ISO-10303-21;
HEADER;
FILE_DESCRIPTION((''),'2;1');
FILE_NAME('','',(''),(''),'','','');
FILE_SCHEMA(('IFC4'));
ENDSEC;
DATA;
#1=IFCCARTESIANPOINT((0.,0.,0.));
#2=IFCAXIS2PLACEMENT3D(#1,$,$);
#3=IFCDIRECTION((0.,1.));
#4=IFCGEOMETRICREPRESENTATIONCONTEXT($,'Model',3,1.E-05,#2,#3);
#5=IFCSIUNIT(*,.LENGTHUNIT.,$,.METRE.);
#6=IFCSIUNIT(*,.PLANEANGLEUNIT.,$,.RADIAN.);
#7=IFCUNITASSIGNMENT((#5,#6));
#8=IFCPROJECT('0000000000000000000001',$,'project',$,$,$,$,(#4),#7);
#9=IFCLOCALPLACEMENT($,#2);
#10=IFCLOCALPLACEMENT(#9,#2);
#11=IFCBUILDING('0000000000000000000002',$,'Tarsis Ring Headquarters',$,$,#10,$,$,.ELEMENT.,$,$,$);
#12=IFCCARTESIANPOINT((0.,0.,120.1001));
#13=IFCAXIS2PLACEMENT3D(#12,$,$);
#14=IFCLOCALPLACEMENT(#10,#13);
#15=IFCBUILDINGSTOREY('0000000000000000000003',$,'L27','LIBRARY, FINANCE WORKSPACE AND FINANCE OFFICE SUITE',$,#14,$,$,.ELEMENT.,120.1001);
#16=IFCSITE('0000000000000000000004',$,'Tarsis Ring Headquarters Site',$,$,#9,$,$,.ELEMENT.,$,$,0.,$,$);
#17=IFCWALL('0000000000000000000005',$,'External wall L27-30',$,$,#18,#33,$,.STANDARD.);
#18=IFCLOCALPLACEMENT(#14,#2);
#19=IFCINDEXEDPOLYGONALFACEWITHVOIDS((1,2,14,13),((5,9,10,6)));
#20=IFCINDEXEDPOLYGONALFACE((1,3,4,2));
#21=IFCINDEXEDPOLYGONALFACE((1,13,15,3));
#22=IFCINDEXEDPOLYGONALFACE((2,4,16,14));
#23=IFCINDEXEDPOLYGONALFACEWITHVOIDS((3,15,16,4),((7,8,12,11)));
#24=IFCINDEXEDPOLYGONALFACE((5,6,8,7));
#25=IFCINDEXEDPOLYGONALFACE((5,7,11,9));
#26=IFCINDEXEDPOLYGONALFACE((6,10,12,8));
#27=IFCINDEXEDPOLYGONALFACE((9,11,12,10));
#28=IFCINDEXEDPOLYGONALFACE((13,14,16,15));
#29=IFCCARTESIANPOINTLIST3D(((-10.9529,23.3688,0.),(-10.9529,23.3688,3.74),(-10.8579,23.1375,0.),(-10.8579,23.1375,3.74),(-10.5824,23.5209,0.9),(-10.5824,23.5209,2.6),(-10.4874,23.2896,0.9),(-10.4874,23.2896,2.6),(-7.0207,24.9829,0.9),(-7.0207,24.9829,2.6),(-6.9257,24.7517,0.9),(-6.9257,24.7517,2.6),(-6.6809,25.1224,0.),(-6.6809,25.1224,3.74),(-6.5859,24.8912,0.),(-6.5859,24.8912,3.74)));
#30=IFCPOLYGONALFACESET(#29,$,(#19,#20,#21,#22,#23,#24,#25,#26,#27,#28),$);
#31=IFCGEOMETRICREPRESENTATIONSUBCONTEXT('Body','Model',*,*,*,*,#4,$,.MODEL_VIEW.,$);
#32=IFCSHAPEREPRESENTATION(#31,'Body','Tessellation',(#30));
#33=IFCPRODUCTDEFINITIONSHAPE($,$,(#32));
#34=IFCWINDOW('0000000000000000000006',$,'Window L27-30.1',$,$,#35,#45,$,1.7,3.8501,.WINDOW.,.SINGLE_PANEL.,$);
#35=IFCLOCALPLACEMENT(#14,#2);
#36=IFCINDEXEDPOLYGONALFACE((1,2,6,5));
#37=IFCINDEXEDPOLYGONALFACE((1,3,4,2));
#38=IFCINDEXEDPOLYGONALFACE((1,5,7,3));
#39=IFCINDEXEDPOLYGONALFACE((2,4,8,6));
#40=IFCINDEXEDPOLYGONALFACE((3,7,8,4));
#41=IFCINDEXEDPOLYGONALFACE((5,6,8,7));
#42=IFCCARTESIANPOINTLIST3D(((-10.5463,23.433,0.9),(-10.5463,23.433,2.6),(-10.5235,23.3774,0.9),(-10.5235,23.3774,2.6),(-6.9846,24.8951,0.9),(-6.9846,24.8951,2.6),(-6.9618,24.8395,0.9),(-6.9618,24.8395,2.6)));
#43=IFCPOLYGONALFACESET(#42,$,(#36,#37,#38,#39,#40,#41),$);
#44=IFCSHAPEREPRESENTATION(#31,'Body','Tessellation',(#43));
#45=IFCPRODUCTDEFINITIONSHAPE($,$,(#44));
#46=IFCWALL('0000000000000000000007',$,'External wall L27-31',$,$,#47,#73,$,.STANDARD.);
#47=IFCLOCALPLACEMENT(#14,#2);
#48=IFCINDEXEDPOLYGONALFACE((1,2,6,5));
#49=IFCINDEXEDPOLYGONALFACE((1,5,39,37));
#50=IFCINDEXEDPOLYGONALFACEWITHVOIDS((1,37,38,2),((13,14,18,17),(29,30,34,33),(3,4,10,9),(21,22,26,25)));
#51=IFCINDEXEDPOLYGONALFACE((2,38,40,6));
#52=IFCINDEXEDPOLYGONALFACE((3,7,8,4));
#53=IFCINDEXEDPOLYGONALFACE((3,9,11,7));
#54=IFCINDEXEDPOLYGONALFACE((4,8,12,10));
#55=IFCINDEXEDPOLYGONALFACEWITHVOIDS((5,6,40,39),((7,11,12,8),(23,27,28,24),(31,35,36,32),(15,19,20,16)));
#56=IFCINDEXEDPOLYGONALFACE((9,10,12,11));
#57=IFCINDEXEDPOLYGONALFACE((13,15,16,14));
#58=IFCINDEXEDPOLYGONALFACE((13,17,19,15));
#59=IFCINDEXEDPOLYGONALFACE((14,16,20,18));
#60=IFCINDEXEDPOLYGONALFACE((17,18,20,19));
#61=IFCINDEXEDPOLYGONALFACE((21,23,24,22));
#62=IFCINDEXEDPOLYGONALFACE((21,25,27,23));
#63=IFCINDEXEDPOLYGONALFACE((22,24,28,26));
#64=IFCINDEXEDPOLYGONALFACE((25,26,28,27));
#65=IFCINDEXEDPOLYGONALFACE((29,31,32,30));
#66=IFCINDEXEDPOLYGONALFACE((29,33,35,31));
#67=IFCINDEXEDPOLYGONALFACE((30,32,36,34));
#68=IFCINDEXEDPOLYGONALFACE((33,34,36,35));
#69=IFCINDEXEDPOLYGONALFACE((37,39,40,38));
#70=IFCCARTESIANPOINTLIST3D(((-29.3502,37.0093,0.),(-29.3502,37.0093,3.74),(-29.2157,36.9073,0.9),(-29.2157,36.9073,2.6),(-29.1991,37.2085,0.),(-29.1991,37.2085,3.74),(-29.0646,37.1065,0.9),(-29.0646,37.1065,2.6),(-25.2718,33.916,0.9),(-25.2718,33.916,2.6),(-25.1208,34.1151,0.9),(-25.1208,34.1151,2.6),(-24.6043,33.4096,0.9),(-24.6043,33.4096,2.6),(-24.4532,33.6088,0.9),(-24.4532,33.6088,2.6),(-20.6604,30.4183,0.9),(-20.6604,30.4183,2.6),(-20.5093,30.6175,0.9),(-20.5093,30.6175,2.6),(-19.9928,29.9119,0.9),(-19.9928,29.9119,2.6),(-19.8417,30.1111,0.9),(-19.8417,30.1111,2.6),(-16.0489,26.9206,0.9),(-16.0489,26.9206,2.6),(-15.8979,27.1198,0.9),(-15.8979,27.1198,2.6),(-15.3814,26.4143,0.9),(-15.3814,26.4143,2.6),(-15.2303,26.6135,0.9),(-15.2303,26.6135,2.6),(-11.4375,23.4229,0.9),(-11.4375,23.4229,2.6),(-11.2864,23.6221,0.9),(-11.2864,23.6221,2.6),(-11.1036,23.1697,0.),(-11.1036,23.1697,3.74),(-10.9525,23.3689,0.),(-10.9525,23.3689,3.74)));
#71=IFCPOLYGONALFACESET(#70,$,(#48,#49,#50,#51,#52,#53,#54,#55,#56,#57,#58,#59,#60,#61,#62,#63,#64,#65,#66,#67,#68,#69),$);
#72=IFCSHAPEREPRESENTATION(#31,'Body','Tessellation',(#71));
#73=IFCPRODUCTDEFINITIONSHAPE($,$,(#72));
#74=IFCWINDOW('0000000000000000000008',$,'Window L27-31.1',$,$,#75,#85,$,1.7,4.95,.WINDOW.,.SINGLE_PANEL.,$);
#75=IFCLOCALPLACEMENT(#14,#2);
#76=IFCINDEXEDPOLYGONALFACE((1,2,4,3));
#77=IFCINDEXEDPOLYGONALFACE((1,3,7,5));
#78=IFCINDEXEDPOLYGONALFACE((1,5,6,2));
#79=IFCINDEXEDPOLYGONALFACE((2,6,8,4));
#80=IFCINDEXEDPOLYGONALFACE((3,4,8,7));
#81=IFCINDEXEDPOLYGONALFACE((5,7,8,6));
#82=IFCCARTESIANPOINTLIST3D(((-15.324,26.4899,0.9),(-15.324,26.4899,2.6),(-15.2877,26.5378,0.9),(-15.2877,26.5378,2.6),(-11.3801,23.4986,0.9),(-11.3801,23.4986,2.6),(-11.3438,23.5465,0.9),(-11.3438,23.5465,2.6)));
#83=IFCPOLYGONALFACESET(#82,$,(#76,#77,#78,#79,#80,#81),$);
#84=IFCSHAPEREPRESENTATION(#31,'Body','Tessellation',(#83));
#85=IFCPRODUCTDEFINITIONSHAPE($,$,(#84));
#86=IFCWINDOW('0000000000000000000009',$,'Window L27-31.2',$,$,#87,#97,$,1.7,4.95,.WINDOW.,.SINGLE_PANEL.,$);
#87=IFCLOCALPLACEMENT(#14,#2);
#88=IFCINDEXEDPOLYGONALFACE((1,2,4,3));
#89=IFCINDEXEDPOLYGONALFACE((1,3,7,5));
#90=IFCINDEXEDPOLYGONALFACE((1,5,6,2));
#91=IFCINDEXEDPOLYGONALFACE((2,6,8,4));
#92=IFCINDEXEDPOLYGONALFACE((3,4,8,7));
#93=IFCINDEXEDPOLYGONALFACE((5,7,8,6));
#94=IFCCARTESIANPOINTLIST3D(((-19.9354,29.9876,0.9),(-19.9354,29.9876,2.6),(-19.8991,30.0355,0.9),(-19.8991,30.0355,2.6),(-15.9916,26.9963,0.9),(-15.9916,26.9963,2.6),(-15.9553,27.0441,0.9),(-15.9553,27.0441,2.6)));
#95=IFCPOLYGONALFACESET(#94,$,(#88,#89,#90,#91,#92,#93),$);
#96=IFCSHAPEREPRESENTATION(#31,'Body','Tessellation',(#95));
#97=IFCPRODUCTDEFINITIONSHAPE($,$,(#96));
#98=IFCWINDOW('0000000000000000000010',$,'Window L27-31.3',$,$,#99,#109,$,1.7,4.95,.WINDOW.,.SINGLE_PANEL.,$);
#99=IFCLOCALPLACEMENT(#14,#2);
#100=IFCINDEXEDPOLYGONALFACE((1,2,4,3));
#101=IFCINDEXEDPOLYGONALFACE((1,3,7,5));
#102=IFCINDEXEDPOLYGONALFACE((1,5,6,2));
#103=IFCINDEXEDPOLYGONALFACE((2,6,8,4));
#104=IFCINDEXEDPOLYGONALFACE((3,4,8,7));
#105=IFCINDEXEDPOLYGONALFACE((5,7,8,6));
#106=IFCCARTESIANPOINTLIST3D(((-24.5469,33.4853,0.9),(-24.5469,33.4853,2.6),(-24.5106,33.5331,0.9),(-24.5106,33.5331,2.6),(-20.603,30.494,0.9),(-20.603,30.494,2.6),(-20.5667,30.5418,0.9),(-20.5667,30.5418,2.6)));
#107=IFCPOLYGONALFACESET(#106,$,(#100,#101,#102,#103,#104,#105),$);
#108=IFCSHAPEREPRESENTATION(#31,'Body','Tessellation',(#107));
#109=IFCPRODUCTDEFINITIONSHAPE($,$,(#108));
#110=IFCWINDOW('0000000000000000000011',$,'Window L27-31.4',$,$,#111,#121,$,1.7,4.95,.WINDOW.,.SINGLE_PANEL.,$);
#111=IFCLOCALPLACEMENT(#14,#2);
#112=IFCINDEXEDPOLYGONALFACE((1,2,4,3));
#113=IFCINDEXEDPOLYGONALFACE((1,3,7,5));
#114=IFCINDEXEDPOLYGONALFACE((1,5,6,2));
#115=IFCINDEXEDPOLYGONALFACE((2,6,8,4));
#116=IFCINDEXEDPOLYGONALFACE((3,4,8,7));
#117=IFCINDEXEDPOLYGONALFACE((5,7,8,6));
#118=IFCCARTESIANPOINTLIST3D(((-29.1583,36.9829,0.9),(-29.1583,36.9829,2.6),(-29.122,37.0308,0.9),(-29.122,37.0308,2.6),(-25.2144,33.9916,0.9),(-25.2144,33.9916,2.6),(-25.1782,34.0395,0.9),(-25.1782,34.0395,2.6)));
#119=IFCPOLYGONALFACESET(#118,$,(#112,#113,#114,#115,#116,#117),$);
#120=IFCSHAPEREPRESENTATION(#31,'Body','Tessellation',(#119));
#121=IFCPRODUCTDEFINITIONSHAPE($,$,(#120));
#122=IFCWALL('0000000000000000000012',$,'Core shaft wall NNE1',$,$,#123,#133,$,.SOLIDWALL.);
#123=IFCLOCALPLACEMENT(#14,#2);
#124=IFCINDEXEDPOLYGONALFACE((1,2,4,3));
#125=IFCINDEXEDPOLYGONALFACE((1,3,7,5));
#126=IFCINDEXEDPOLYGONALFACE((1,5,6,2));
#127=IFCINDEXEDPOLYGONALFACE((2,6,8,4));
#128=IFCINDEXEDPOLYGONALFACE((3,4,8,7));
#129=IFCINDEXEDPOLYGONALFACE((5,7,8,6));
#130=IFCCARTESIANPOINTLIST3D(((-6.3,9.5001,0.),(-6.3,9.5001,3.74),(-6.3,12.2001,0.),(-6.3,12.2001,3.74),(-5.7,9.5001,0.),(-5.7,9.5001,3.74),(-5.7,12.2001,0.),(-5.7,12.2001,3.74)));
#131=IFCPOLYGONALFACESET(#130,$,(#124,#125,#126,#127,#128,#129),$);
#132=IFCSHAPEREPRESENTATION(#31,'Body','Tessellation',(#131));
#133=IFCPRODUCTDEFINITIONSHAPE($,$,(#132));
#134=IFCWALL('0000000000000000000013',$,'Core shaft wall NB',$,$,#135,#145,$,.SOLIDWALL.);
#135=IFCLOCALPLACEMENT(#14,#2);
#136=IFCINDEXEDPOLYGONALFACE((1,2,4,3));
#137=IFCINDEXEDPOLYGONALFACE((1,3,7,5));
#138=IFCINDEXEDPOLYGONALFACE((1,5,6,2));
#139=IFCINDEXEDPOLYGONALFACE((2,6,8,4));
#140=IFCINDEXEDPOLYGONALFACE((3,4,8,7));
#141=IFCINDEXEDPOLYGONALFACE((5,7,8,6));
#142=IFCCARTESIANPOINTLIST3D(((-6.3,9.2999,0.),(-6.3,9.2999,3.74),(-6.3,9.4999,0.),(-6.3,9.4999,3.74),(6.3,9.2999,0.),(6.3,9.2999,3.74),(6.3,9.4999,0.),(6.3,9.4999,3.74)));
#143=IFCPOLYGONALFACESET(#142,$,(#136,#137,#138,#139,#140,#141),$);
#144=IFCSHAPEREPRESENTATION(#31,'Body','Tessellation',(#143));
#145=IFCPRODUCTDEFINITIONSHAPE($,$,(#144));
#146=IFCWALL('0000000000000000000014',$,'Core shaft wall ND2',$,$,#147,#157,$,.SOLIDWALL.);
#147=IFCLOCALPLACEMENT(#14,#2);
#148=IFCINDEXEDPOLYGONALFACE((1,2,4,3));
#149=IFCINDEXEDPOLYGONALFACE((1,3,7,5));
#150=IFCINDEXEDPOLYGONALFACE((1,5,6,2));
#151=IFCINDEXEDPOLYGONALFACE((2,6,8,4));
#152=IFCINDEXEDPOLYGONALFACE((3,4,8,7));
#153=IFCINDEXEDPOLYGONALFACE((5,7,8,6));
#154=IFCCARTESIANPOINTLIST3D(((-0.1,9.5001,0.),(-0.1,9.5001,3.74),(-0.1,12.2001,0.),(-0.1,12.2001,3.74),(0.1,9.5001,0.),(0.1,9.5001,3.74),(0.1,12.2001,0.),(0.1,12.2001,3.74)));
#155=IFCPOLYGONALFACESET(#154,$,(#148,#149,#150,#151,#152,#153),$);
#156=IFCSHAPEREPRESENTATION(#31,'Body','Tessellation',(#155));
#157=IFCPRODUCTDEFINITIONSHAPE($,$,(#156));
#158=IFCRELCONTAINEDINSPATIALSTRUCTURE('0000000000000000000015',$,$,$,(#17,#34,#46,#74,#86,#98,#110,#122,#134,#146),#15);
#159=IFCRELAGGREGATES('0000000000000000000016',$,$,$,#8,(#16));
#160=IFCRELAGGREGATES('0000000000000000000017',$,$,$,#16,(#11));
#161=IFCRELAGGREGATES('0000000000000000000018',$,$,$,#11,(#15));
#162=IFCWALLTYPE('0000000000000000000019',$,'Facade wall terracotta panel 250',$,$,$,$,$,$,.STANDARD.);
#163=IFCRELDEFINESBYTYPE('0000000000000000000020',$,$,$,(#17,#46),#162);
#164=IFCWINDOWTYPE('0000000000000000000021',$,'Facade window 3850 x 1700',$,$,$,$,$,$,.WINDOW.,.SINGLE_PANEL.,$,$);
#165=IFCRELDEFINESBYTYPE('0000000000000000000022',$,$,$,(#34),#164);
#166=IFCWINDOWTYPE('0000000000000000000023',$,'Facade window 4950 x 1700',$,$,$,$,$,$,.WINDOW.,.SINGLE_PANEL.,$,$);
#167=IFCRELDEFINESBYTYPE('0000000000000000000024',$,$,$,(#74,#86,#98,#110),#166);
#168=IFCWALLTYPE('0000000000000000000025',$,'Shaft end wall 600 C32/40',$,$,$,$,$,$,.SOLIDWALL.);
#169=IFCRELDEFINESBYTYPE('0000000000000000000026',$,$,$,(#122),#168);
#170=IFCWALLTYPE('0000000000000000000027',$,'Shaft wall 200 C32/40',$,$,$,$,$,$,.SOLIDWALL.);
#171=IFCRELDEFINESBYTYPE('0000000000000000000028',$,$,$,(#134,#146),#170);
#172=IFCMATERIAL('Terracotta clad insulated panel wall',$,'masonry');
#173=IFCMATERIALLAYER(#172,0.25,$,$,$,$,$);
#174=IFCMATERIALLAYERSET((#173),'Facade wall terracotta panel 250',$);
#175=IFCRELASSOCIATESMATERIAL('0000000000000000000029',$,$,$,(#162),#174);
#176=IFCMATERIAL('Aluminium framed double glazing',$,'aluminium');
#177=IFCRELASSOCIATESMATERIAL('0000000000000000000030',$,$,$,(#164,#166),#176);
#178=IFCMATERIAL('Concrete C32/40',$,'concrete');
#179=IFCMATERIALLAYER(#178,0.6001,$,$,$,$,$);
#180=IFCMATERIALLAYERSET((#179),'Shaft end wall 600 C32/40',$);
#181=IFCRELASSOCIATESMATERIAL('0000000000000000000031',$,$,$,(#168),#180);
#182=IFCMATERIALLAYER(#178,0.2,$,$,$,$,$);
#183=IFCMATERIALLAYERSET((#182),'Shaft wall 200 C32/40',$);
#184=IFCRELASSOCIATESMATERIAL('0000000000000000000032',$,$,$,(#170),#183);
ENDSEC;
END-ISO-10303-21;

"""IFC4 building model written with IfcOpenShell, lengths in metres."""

from ifc_helpers import new_model, si_unit, direction, frame, frame_2d, origin, place, context, subcontext, project, spatial, rectangle, extrude, material, layer, layer_set, type_object, element, fill, save


model = new_model("IFC4")

# Units and contexts
model_context = context("Model", 3, precision=1e-05, world=origin(), true_north=direction((0.0, 1.0)))
body_context = subcontext(model_context, "Body", "Model", "MODEL_VIEW")
ifc_project = project(units=[si_unit("LENGTHUNIT", "METRE"), si_unit("PLANEANGLEUNIT", "RADIAN")], contexts=[model_context])

# Site, building, storey
site_placement = place(None, origin())
site = spatial("IfcSite", under=ifc_project, at=site_placement, Name="Tarsis Ring Headquarters Site", CompositionType="ELEMENT", RefElevation=0.0)
building_placement = place(site_placement, origin())
building = spatial("IfcBuilding", under=site, at=building_placement, Name="Tarsis Ring Headquarters", CompositionType="ELEMENT")
storey_placement = place(building_placement, frame((0.0, 0.0, 120.1001)))
storey = spatial("IfcBuildingStorey", under=building, at=storey_placement, Name="L27", Description="LIBRARY, FINANCE WORKSPACE AND FINANCE OFFICE SUITE", CompositionType="ELEMENT", Elevation=120.1001)

# Wall, opening, window
ifc_material_1 = material(Name="Terracotta clad insulated panel wall", Category="masonry")
ifc_layer_1 = layer(ifc_material_1, 0.25)
ifc_layer_set_1 = layer_set([ifc_layer_1], Name="Facade wall terracotta panel 250")
wall_type_1 = type_object("IfcWallType", Name="Facade wall terracotta panel 250", PredefinedType="STANDARD", material=ifc_layer_set_1)
ifc_material_2 = material(Name="Aluminium framed double glazing", Category="aluminium")
wall_1_placement = place(storey_placement, frame((-6.6333, 25.0068, 0.0), z_axis=(0.0, 0.0, 1.0), x_axis=(-0.925088, -0.379752, 0.0)))
wall_1 = element("IfcWall", 1, at=wall_1_placement, inside=storey, type_object=wall_type_1, Name="External wall L27-30", PredefinedType="STANDARD", context=body_context, shape_type="SweptSolid", body=[
    extrude(rectangle(XDim=4.6179, YDim=0.25, at=frame_2d((2.3091, 0.0))), origin(), (0.0, 0.0, 1.0), 3.74),
])
opening_1_placement = place(wall_1_placement, frame((0.3674, 0.0, 0.8999)))
opening_1 = element("IfcOpeningElement", 2, at=opening_1_placement, cuts=wall_1, PredefinedType="OPENING", context=body_context, shape_type="SweptSolid", body=[
    extrude(rectangle(XDim=3.8501, YDim=1.7, at=frame_2d((1.925, 0.8501))), frame((0.0, 0.135, 0.0), z_axis=(0.0, -1.0, 0.0), x_axis=(1.0, 0.0, 0.0)), (0.0, 0.0, 1.0), 0.27),
])
window_type_1 = type_object("IfcWindowType", Name="Facade window 3850 x 1700", PartitioningType="SINGLE_PANEL", PredefinedType="WINDOW", material=ifc_material_2)
window_1_placement = place(opening_1_placement, origin())
window_1 = element("IfcWindow", 3, at=window_1_placement, inside=storey, type_object=window_type_1, Name="Window L27-30.1", OverallHeight=1.7, OverallWidth=3.8501, PartitioningType="SINGLE_PANEL", PredefinedType="WINDOW", context=body_context, shape_type="SweptSolid", body=[
    extrude(rectangle(XDim=3.8501, YDim=1.7, at=frame_2d((1.925, 0.8501))), frame((0.0, 0.03, 0.0), z_axis=(0.0, -1.0, 0.0), x_axis=(1.0, 0.0, 0.0)), (0.0, 0.0, 1.0), 0.0601),
])
fill(opening_1, window_1)

# Wall, openings, windows
wall_2_placement = place(storey_placement, frame((-11.0281, 23.2693, 0.0), z_axis=(0.0, 0.0, 1.0), x_axis=(-0.796747, 0.604313, 0.0)))
wall_2 = element("IfcWall", 4, at=wall_2_placement, inside=storey, type_object=wall_type_1, Name="External wall L27-31", PredefinedType="STANDARD", context=body_context, shape_type="SweptSolid", body=[
    extrude(rectangle(XDim=22.9014, YDim=0.25, at=frame_2d((11.4507, 0.0))), origin(), (0.0, 0.0, 1.0), 3.74),
])
opening_2_placement = place(wall_2_placement, frame((0.4189, 0.0, 0.8999)))
opening_2 = element("IfcOpeningElement", 5, at=opening_2_placement, cuts=wall_2, PredefinedType="OPENING", context=body_context, shape_type="SweptSolid", body=[
    extrude(rectangle(XDim=4.95, YDim=1.7, at=frame_2d((2.4751, 0.8501))), frame((0.0, 0.135, 0.0), z_axis=(0.0, -1.0, 0.0), x_axis=(1.0, 0.0, 0.0)), (0.0, 0.0, 1.0), 0.27),
])
opening_3_placement = place(wall_2_placement, frame((6.2068, 0.0, 0.8999)))
opening_3 = element("IfcOpeningElement", 6, at=opening_3_placement, cuts=wall_2, PredefinedType="OPENING", context=body_context, shape_type="SweptSolid", body=[
    extrude(rectangle(XDim=4.95, YDim=1.7, at=frame_2d((2.4751, 0.8501))), frame((0.0, 0.135, 0.0), z_axis=(0.0, -1.0, 0.0), x_axis=(1.0, 0.0, 0.0)), (0.0, 0.0, 1.0), 0.27),
])
opening_4_placement = place(wall_2_placement, frame((11.9946, 0.0, 0.8999)))
opening_4 = element("IfcOpeningElement", 7, at=opening_4_placement, cuts=wall_2, PredefinedType="OPENING", context=body_context, shape_type="SweptSolid", body=[
    extrude(rectangle(XDim=4.95, YDim=1.7, at=frame_2d((2.4751, 0.8501))), frame((0.0, 0.135, 0.0), z_axis=(0.0, -1.0, 0.0), x_axis=(1.0, 0.0, 0.0)), (0.0, 0.0, 1.0), 0.27),
])
opening_5_placement = place(wall_2_placement, frame((17.7825, 0.0, 0.8999)))
opening_5 = element("IfcOpeningElement", 8, at=opening_5_placement, cuts=wall_2, PredefinedType="OPENING", context=body_context, shape_type="SweptSolid", body=[
    extrude(rectangle(XDim=4.95, YDim=1.7, at=frame_2d((2.4751, 0.8501))), frame((0.0, 0.135, 0.0), z_axis=(0.0, -1.0, 0.0), x_axis=(1.0, 0.0, 0.0)), (0.0, 0.0, 1.0), 0.27),
])
window_type_2 = type_object("IfcWindowType", Name="Facade window 4950 x 1700", PartitioningType="SINGLE_PANEL", PredefinedType="WINDOW", material=ifc_material_2)
window_2_placement = place(opening_2_placement, origin())
window_2 = element("IfcWindow", 9, at=window_2_placement, inside=storey, type_object=window_type_2, Name="Window L27-31.1", OverallHeight=1.7, OverallWidth=4.95, PartitioningType="SINGLE_PANEL", PredefinedType="WINDOW", context=body_context, shape_type="SweptSolid", body=[
    extrude(rectangle(XDim=4.95, YDim=1.7, at=frame_2d((2.4751, 0.8501))), frame((0.0, 0.03, 0.0), z_axis=(0.0, -1.0, 0.0), x_axis=(1.0, 0.0, 0.0)), (0.0, 0.0, 1.0), 0.0601),
])
fill(opening_2, window_2)
window_3_placement = place(opening_3_placement, origin())
window_3 = element("IfcWindow", 10, at=window_3_placement, inside=storey, type_object=window_type_2, Name="Window L27-31.2", OverallHeight=1.7, OverallWidth=4.95, PartitioningType="SINGLE_PANEL", PredefinedType="WINDOW", context=body_context, shape_type="SweptSolid", body=[
    extrude(rectangle(XDim=4.95, YDim=1.7, at=frame_2d((2.4751, 0.8501))), frame((0.0, 0.03, 0.0), z_axis=(0.0, -1.0, 0.0), x_axis=(1.0, 0.0, 0.0)), (0.0, 0.0, 1.0), 0.0601),
])
fill(opening_3, window_3)
window_4_placement = place(opening_4_placement, origin())
window_4 = element("IfcWindow", 11, at=window_4_placement, inside=storey, type_object=window_type_2, Name="Window L27-31.3", OverallHeight=1.7, OverallWidth=4.95, PartitioningType="SINGLE_PANEL", PredefinedType="WINDOW", context=body_context, shape_type="SweptSolid", body=[
    extrude(rectangle(XDim=4.95, YDim=1.7, at=frame_2d((2.4751, 0.8501))), frame((0.0, 0.03, 0.0), z_axis=(0.0, -1.0, 0.0), x_axis=(1.0, 0.0, 0.0)), (0.0, 0.0, 1.0), 0.0601),
])
fill(opening_4, window_4)
window_5_placement = place(opening_5_placement, origin())
window_5 = element("IfcWindow", 12, at=window_5_placement, inside=storey, type_object=window_type_2, Name="Window L27-31.4", OverallHeight=1.7, OverallWidth=4.95, PartitioningType="SINGLE_PANEL", PredefinedType="WINDOW", context=body_context, shape_type="SweptSolid", body=[
    extrude(rectangle(XDim=4.95, YDim=1.7, at=frame_2d((2.4751, 0.8501))), frame((0.0, 0.03, 0.0), z_axis=(0.0, -1.0, 0.0), x_axis=(1.0, 0.0, 0.0)), (0.0, 0.0, 1.0), 0.0601),
])
fill(opening_5, window_5)

# Walls
ifc_material_3 = material(Name="Concrete C32/40", Category="concrete")
ifc_layer_2 = layer(ifc_material_3, 0.6001)
ifc_layer_set_2 = layer_set([ifc_layer_2], Name="Shaft end wall 600 C32/40")
wall_type_2 = type_object("IfcWallType", Name="Shaft end wall 600 C32/40", PredefinedType="SOLIDWALL", material=ifc_layer_set_2)
wall_3_placement = place(storey_placement, frame((-6.0, 9.5, 0.0), z_axis=(0.0, 0.0, 1.0), x_axis=(0.0, 1.0, 0.0)))
element("IfcWall", 13, at=wall_3_placement, inside=storey, type_object=wall_type_2, Name="Core shaft wall NNE1", PredefinedType="SOLIDWALL", context=body_context, shape_type="SweptSolid", body=[
    extrude(rectangle(XDim=2.7, YDim=0.6001, at=frame_2d((1.3501, 0.0))), origin(), (0.0, 0.0, 1.0), 3.74),
])
ifc_layer_3 = layer(ifc_material_3, 0.2)
ifc_layer_set_3 = layer_set([ifc_layer_3], Name="Shaft wall 200 C32/40")
wall_type_3 = type_object("IfcWallType", Name="Shaft wall 200 C32/40", PredefinedType="SOLIDWALL", material=ifc_layer_set_3)
wall_4_placement = place(storey_placement, frame((-6.3, 9.3999, 0.0), z_axis=(0.0, 0.0, 1.0), x_axis=(1.0, 0.0, 0.0)))
element("IfcWall", 14, at=wall_4_placement, inside=storey, type_object=wall_type_3, Name="Core shaft wall NB", PredefinedType="SOLIDWALL", context=body_context, shape_type="SweptSolid", body=[
    extrude(rectangle(XDim=12.6001, YDim=0.2, at=frame_2d((6.3, 0.0))), origin(), (0.0, 0.0, 1.0), 3.74),
])
wall_5_placement = place(storey_placement, frame((0.0, 9.5, 0.0), z_axis=(0.0, 0.0, 1.0), x_axis=(0.0, 1.0, 0.0)))
element("IfcWall", 15, at=wall_5_placement, inside=storey, type_object=wall_type_3, Name="Core shaft wall ND2", PredefinedType="SOLIDWALL", context=body_context, shape_type="SweptSolid", body=[
    extrude(rectangle(XDim=2.7, YDim=0.2, at=frame_2d((1.3501, 0.0))), origin(), (0.0, 0.0, 1.0), 3.74),
])

save(model, "model.ifc")
